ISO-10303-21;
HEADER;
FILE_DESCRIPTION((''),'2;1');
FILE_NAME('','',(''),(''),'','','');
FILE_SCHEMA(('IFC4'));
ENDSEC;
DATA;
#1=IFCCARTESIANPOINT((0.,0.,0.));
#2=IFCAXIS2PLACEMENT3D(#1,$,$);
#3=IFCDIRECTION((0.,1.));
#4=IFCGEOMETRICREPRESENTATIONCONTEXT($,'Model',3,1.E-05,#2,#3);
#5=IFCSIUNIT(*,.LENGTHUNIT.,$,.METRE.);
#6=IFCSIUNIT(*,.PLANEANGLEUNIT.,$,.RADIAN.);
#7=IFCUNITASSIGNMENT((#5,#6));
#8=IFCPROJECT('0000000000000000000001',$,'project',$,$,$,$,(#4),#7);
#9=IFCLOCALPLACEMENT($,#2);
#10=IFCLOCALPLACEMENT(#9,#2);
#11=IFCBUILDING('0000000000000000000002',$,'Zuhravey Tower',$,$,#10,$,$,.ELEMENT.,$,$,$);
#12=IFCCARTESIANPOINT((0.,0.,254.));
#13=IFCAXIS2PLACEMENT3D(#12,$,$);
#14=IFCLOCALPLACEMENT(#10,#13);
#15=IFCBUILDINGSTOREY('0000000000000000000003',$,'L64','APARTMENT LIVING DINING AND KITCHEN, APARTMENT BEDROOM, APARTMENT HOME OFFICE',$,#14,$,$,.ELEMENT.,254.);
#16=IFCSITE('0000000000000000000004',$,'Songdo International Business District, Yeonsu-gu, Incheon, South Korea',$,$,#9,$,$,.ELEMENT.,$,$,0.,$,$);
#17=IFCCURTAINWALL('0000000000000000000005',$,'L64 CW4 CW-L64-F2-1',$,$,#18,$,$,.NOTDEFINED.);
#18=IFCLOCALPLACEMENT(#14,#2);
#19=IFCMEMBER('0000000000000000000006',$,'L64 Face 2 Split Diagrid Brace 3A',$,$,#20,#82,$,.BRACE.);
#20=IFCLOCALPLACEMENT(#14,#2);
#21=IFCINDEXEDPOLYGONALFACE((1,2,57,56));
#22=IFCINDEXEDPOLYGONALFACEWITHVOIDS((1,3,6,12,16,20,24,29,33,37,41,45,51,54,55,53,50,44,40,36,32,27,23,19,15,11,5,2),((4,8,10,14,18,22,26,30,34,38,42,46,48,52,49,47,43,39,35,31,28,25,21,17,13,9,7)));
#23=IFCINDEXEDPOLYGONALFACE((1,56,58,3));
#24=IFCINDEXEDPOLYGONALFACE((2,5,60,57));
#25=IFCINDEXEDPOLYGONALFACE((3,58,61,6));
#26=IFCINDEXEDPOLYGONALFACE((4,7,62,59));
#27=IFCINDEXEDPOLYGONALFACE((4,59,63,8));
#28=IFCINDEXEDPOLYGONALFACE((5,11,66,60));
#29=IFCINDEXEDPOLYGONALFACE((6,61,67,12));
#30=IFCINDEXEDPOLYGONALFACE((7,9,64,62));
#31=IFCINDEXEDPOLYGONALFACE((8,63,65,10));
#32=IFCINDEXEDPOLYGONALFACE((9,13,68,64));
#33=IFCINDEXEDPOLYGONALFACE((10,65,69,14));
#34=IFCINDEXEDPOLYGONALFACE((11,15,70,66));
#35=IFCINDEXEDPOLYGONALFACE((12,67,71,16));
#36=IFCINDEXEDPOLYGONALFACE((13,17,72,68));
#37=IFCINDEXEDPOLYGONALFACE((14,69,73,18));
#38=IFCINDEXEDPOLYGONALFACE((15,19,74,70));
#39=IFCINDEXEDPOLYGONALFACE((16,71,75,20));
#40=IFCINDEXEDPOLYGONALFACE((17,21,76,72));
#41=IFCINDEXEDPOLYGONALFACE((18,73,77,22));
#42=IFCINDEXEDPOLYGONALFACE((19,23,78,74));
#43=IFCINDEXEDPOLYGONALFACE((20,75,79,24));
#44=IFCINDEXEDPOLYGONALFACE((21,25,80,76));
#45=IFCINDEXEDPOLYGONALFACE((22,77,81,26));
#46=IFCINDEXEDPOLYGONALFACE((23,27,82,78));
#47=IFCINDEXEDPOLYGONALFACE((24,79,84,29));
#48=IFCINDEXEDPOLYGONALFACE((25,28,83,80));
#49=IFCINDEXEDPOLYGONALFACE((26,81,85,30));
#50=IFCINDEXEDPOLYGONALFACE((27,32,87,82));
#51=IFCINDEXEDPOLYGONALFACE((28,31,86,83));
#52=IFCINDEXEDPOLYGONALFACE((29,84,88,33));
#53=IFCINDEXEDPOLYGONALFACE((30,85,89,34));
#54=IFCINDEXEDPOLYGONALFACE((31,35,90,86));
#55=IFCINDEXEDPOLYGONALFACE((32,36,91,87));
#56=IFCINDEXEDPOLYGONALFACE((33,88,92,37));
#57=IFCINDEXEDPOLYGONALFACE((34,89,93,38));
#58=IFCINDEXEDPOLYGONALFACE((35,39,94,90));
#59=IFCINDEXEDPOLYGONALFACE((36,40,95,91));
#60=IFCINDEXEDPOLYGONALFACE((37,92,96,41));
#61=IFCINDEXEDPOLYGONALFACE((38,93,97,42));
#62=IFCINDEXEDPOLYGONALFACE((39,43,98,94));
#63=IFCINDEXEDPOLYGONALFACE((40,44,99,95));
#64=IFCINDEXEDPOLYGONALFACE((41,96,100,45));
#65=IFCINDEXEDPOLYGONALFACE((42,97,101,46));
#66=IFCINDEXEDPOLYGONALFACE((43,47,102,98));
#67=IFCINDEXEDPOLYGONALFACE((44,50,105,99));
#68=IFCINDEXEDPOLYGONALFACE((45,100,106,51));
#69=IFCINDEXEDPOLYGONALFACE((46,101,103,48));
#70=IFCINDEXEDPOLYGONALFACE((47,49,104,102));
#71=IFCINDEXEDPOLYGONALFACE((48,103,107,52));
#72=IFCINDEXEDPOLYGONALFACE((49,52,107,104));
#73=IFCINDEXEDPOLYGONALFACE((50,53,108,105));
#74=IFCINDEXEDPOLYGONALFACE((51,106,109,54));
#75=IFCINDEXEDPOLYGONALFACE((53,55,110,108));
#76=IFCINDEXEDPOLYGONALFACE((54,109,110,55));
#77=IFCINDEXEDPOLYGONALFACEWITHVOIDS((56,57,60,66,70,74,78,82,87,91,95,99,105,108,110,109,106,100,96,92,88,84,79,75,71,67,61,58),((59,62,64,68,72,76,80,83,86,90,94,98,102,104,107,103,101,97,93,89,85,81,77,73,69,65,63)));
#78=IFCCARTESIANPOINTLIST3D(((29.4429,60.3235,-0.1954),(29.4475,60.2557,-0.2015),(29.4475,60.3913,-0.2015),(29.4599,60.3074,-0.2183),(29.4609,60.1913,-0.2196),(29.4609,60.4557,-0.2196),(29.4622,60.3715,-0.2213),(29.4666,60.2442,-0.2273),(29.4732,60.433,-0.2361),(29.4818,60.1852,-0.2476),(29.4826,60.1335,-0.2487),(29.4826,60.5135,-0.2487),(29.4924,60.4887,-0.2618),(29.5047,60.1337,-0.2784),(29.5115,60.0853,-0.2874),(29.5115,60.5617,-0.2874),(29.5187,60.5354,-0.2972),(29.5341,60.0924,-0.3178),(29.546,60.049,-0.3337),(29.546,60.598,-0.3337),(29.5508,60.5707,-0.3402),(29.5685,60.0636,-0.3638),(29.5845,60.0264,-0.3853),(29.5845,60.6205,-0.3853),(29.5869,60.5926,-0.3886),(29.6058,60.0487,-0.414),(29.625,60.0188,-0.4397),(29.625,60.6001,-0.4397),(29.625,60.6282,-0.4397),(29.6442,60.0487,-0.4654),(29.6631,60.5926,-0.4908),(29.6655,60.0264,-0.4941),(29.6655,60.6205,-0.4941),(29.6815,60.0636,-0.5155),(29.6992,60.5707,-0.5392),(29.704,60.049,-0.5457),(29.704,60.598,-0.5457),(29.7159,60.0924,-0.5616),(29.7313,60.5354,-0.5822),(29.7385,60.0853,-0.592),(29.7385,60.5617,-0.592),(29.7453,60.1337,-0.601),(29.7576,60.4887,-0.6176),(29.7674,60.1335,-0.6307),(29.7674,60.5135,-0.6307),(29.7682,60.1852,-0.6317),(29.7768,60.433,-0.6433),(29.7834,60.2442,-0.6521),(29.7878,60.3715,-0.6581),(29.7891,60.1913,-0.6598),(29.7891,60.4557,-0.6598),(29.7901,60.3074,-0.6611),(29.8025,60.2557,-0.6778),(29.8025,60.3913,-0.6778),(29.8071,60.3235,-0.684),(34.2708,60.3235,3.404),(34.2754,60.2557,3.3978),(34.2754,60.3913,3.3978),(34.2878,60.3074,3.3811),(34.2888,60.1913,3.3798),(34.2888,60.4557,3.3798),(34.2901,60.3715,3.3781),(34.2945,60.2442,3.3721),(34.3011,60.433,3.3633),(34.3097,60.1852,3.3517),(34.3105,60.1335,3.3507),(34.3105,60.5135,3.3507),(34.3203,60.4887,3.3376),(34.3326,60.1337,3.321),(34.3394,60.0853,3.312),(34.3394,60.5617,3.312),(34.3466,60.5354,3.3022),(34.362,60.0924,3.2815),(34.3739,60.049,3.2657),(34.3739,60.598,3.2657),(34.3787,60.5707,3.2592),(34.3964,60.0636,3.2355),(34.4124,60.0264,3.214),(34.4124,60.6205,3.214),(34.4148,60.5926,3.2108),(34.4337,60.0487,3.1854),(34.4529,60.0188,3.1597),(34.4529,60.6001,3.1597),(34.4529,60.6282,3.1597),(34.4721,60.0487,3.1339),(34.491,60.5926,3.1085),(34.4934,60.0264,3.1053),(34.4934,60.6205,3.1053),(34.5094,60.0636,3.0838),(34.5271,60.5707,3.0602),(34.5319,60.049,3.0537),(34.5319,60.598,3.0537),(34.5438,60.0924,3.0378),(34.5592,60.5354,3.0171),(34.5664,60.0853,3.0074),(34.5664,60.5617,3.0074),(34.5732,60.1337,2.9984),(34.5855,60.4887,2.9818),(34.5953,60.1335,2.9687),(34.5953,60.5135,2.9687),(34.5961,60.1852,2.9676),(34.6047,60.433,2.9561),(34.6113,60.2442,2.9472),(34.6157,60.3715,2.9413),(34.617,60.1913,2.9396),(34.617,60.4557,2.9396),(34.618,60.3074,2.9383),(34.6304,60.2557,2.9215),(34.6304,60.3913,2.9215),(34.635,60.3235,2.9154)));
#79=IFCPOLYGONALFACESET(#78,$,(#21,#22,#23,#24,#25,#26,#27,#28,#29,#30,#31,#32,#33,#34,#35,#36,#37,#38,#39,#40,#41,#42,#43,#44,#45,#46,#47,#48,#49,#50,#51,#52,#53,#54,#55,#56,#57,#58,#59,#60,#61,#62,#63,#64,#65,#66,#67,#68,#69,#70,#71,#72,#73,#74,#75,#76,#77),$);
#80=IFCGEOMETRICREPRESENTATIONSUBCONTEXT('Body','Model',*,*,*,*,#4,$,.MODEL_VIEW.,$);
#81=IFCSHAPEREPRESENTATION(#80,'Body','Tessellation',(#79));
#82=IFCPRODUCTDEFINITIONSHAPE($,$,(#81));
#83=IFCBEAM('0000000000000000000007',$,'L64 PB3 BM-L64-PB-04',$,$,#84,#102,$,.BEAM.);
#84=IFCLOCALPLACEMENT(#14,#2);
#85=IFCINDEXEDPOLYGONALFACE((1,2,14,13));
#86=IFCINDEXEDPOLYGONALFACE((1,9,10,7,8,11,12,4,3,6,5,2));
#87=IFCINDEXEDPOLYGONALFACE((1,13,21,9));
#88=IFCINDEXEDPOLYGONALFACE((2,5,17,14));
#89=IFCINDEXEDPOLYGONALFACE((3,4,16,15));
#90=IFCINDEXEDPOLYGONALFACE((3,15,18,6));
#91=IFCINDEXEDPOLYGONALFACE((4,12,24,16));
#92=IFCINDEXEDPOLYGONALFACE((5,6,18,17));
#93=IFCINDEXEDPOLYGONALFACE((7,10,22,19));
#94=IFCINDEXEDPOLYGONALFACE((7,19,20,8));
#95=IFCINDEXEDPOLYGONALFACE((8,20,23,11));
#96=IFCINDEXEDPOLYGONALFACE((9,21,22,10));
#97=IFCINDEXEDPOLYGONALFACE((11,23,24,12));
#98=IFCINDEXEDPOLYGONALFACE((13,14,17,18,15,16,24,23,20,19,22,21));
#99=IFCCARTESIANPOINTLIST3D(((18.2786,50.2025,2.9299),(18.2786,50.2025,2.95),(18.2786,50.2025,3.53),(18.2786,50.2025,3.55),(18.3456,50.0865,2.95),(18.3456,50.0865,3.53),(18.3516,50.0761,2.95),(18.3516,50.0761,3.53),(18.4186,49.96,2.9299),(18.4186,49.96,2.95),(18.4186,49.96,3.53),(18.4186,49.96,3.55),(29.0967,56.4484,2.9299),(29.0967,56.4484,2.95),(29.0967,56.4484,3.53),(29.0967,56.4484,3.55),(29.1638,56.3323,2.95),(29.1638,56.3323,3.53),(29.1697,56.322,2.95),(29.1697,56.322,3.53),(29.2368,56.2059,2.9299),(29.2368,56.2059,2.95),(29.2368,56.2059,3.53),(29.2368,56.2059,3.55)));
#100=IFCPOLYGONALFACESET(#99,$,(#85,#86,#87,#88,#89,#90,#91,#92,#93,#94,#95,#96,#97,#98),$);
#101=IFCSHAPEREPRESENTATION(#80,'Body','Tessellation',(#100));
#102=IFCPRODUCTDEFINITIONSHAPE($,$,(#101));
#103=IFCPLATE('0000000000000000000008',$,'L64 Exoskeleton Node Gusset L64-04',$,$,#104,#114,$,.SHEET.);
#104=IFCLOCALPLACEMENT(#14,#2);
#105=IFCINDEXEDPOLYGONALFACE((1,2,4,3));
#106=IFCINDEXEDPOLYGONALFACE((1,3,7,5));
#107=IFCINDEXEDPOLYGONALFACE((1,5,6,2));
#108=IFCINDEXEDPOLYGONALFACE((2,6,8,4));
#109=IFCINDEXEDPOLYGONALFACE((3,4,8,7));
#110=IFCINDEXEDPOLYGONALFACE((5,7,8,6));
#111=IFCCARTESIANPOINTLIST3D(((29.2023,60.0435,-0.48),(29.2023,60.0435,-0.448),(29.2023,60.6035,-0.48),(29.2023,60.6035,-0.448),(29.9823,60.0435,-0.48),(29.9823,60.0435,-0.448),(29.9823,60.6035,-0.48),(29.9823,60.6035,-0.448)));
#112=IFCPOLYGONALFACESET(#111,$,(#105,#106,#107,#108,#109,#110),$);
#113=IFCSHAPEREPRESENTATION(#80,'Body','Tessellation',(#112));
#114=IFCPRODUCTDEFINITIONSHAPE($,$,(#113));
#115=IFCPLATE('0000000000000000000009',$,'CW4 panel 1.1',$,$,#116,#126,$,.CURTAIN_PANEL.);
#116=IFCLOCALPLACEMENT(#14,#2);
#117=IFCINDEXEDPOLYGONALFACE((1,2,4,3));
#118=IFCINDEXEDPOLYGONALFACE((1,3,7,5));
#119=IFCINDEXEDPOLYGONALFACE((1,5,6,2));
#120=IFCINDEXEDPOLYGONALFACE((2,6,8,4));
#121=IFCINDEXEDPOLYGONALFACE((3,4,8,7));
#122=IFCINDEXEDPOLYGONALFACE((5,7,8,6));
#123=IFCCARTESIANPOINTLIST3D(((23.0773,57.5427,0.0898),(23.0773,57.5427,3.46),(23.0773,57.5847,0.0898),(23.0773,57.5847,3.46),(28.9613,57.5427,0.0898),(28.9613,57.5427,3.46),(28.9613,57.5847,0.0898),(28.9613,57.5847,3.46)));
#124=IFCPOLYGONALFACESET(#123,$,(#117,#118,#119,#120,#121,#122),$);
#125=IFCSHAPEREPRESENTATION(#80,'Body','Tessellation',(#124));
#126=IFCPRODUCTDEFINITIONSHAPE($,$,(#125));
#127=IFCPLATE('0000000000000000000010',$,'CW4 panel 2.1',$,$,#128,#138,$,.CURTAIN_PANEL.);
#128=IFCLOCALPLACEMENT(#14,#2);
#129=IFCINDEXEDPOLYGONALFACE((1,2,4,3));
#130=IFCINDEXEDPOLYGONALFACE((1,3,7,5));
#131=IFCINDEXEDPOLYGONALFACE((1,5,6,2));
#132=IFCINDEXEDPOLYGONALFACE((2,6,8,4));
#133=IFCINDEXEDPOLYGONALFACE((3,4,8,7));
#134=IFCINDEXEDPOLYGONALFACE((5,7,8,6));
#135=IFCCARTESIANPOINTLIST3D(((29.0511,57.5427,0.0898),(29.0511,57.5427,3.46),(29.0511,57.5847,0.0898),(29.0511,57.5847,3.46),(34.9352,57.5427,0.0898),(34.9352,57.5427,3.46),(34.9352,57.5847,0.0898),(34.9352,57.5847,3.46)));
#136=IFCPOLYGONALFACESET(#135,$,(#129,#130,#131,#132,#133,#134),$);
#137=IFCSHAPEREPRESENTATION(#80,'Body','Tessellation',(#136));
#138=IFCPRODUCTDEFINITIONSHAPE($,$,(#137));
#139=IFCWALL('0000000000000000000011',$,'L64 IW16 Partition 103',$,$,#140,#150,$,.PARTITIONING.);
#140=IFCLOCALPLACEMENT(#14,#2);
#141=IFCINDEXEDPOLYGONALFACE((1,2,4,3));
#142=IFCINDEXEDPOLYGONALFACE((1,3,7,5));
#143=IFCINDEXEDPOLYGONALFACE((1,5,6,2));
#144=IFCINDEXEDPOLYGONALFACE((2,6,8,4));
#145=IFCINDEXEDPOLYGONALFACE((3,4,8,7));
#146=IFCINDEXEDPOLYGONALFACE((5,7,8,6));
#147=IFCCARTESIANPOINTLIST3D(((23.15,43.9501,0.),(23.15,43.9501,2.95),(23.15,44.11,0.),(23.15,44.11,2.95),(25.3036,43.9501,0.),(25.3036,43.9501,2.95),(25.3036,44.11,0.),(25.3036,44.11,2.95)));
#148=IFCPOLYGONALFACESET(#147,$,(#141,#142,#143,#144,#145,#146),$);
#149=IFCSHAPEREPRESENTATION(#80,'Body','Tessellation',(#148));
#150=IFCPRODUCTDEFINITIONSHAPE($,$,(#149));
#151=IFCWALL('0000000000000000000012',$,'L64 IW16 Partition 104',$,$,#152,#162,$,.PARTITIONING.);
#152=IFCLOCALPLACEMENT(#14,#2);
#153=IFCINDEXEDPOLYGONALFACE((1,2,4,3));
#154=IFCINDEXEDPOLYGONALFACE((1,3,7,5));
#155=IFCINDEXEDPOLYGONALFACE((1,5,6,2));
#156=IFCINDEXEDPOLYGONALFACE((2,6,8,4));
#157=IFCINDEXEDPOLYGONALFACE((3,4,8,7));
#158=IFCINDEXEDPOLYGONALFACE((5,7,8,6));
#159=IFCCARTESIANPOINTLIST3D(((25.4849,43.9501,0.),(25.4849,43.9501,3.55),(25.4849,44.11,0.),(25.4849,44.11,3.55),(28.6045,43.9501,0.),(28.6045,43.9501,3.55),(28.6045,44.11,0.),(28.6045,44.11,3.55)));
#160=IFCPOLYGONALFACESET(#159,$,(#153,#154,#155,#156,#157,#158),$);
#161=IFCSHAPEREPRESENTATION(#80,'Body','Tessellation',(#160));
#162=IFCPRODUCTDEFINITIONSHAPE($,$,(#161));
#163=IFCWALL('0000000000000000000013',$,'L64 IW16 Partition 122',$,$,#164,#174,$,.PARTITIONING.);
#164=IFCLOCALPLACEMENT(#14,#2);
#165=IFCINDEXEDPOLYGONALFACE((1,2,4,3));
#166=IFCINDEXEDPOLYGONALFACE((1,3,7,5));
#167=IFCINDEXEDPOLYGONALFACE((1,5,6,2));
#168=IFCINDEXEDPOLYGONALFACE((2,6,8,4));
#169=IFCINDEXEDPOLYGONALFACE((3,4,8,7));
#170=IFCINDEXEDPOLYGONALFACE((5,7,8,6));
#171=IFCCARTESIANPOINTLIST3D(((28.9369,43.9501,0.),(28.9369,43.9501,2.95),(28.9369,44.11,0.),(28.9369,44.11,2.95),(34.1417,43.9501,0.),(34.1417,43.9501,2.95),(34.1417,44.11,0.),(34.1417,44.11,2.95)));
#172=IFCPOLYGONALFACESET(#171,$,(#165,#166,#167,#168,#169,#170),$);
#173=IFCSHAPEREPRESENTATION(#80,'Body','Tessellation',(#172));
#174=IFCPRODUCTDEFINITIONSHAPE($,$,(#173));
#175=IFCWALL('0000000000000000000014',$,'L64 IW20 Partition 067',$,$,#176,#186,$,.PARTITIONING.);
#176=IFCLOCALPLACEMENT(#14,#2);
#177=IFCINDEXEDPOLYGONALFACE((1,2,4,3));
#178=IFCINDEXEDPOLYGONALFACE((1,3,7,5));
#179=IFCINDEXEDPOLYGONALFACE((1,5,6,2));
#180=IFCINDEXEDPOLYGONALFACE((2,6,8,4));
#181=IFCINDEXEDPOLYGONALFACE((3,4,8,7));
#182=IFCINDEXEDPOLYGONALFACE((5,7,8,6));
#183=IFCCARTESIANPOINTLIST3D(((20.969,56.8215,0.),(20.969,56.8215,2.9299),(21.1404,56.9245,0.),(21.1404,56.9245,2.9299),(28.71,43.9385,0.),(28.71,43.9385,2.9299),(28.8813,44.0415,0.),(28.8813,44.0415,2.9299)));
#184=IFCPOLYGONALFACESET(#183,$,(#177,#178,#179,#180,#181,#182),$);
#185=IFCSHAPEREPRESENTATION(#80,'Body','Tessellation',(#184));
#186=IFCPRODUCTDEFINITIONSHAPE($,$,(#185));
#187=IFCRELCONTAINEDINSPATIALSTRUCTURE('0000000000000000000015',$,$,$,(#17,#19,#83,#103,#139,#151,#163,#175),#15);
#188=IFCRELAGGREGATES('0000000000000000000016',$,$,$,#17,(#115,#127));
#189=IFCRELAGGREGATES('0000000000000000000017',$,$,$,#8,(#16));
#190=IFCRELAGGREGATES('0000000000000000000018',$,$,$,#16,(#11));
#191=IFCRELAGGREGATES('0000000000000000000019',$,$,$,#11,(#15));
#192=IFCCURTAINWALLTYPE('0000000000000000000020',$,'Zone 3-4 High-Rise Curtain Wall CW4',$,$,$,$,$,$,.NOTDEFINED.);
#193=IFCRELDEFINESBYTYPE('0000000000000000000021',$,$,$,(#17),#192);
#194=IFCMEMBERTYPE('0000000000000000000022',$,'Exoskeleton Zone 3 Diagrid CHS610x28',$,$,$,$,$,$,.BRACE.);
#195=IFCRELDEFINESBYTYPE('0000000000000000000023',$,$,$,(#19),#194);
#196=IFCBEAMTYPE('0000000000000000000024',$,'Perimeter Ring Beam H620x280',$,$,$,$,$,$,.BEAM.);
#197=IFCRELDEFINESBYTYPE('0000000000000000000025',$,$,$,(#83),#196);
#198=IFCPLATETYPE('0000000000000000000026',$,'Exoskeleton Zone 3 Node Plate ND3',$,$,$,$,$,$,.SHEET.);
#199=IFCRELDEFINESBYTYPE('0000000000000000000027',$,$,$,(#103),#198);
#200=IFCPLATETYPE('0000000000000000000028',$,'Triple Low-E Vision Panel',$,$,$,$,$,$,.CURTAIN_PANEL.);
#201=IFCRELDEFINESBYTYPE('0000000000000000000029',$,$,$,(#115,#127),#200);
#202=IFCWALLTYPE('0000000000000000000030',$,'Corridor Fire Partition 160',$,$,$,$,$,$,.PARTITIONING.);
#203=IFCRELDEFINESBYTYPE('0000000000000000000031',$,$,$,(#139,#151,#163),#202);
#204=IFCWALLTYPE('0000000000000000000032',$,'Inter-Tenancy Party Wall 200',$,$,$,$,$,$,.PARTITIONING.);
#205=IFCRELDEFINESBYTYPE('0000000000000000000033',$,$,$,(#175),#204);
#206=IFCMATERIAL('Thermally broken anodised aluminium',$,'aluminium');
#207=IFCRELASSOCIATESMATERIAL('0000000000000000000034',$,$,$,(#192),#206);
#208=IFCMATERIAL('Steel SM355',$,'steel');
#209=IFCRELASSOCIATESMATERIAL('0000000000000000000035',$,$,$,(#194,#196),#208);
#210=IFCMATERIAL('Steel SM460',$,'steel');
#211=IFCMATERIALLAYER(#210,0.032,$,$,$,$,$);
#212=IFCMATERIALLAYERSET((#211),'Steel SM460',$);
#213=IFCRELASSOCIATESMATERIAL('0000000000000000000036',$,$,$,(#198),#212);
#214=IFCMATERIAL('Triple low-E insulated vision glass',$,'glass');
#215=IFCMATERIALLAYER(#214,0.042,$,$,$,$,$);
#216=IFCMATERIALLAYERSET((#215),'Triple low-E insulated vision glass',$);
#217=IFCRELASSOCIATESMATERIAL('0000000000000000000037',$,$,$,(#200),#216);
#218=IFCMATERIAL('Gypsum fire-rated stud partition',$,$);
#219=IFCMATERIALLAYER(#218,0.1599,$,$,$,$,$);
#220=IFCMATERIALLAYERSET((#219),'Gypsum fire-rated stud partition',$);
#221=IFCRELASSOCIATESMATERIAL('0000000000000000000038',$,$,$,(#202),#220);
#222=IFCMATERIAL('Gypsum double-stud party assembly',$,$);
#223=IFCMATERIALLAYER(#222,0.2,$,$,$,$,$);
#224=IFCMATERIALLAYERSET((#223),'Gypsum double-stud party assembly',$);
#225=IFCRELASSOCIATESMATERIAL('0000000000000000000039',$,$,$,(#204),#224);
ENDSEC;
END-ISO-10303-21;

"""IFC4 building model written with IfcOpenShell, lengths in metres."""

from ifc_helpers import new_model, si_unit, direction, frame, frame_2d, origin, origin_2d, place, context, subcontext, project, spatial, rectangle, hollow_circle, i_section, extrude, material, layer, layer_set, material_profile, profile_set, type_object, element, aggregate, save


model = new_model("IFC4")

# Units and contexts
model_context = context("Model", 3, precision=1e-05, world=origin(), true_north=direction((0.0, 1.0)))
body_context = subcontext(model_context, "Body", "Model", "MODEL_VIEW")
ifc_project = project(units=[si_unit("LENGTHUNIT", "METRE"), si_unit("PLANEANGLEUNIT", "RADIAN")], contexts=[model_context])

# Site, building, storey
site_placement = place(None, origin())
site = spatial("IfcSite", under=ifc_project, at=site_placement, Name="Songdo International Business District, Yeonsu-gu, Incheon, South Korea", CompositionType="ELEMENT", RefElevation=0.0)
building_placement = place(site_placement, origin())
building = spatial("IfcBuilding", under=site, at=building_placement, Name="Zuhravey Tower", CompositionType="ELEMENT")
storey_placement = place(building_placement, frame((0.0, 0.0, 254.0)))
storey = spatial("IfcBuildingStorey", under=building, at=storey_placement, Name="L64", Description="APARTMENT LIVING DINING AND KITCHEN, APARTMENT BEDROOM, APARTMENT HOME OFFICE", CompositionType="ELEMENT", Elevation=254.0)

# Curtain wall
ifc_material_1 = material(Name="Thermally broken anodised aluminium", Category="aluminium")
curtain_wall_type = type_object("IfcCurtainWallType", Name="Zone 3-4 High-Rise Curtain Wall CW4", PredefinedType="NOTDEFINED", material=ifc_material_1)
curtain_wall_placement = place(storey_placement, origin())
curtain_wall = element("IfcCurtainWall", 1, at=curtain_wall_placement, inside=storey, type_object=curtain_wall_type, Name="L64 CW4 CW-L64-F2-1", PredefinedType="NOTDEFINED")

# Member
ifc_material_2 = material(Name="Steel SM355", Category="steel")
ifc_material_profile_1 = material_profile(ifc_material_2, hollow_circle(Radius=0.3047, WallThickness=0.0281, at=origin_2d()), Name="CHS-609.6x28")
ifc_profile_set_1 = profile_set([ifc_material_profile_1], Name="Steel SM355")
member_type_1 = type_object("IfcMemberType", Name="Exoskeleton Zone 3 Diagrid CHS610x28", PredefinedType="BRACE", material=ifc_profile_set_1)
member_1_placement = place(storey_placement, frame((29.625, 60.3235, -0.4397), z_axis=(0.801714, 0.0, 0.597708), x_axis=(0.0, 1.0, 0.0)))
element("IfcMember", 2, at=member_1_placement, inside=storey, type_object=member_type_1, Name="L64 Face 2 Split Diagrid Brace 3A", PredefinedType="BRACE", context=body_context, shape_type="SweptSolid", body=[
    extrude(hollow_circle(Radius=0.3047, WallThickness=0.0281, at=origin_2d()), origin(), (0.0, 0.0, 1.0), 6.022),
])

# Beam
ifc_material_profile_2 = material_profile(ifc_material_2, i_section(OverallWidth=0.28, OverallDepth=0.6201, WebThickness=0.012, FlangeThickness=0.02, at=origin_2d()), Name="H-620x280x12x20")
ifc_profile_set_2 = profile_set([ifc_material_profile_2], Name="Steel SM355")
beam_type = type_object("IfcBeamType", Name="Perimeter Ring Beam H620x280", PredefinedType="BEAM", material=ifc_profile_set_2)
beam_placement = place(storey_placement, frame((29.1667, 56.3271, 3.24), z_axis=(-0.866025, -0.5, 0.0), x_axis=(0.5, -0.866025, 0.0)))
element("IfcBeam", 3, at=beam_placement, inside=storey, type_object=beam_type, Name="L64 PB3 BM-L64-PB-04", PredefinedType="BEAM", context=body_context, shape_type="SweptSolid", body=[
    extrude(i_section(OverallWidth=0.28, OverallDepth=0.6201, WebThickness=0.012, FlangeThickness=0.02, at=origin_2d()), origin(), (0.0, 0.0, 1.0), 12.4917),
])

# Plates
ifc_material_3 = material(Name="Steel SM460", Category="steel")
ifc_layer_1 = layer(ifc_material_3, 0.032)
ifc_layer_set_1 = layer_set([ifc_layer_1], Name="Steel SM460")
plate_type_1 = type_object("IfcPlateType", Name="Exoskeleton Zone 3 Node Plate ND3", PredefinedType="SHEET", material=ifc_layer_set_1)
plate_1_placement = place(storey_placement, frame((29.5923, 60.3235, -0.48), z_axis=(0.0, 0.0, 1.0), x_axis=(-1.0, 0.0, 0.0)))
element("IfcPlate", 4, at=plate_1_placement, inside=storey, type_object=plate_type_1, Name="L64 Exoskeleton Node Gusset L64-04", PredefinedType="SHEET", context=body_context, shape_type="SweptSolid", body=[
    extrude(rectangle(XDim=0.78, YDim=0.5601, at=origin_2d()), origin(), (0.0, 0.0, 1.0), 0.032),
])
ifc_material_4 = material(Name="Triple low-E insulated vision glass", Category="glass")
ifc_layer_2 = layer(ifc_material_4, 0.042)
ifc_layer_set_2 = layer_set([ifc_layer_2], Name="Triple low-E insulated vision glass")
plate_type_2 = type_object("IfcPlateType", Name="Triple Low-E Vision Panel", PredefinedType="CURTAIN_PANEL", material=ifc_layer_set_2)
plate_2_placement = place(storey_placement, frame((26.0193, 57.5637, 0.0898), z_axis=(0.0, 0.0, 1.0), x_axis=(1.0, 0.0, 0.0)))
plate_2 = element("IfcPlate", 5, at=plate_2_placement, type_object=plate_type_2, Name="CW4 panel 1.1", PredefinedType="CURTAIN_PANEL", context=body_context, shape_type="SweptSolid", body=[
    extrude(rectangle(XDim=5.884, YDim=0.042, at=origin_2d()), origin(), (0.0, 0.0, 1.0), 3.3701),
])
plate_3_placement = place(storey_placement, frame((31.9932, 57.5637, 0.0898), z_axis=(0.0, 0.0, 1.0), x_axis=(1.0, 0.0, 0.0)))
plate_3 = element("IfcPlate", 6, at=plate_3_placement, type_object=plate_type_2, Name="CW4 panel 2.1", PredefinedType="CURTAIN_PANEL", context=body_context, shape_type="SweptSolid", body=[
    extrude(rectangle(XDim=5.884, YDim=0.042, at=origin_2d()), origin(), (0.0, 0.0, 1.0), 3.3701),
])
aggregate(curtain_wall, [plate_2, plate_3])

# Walls
ifc_material_5 = material(Name="Gypsum fire-rated stud partition")
ifc_layer_3 = layer(ifc_material_5, 0.1599)
ifc_layer_set_3 = layer_set([ifc_layer_3], Name="Gypsum fire-rated stud partition")
wall_type_1 = type_object("IfcWallType", Name="Corridor Fire Partition 160", PredefinedType="PARTITIONING", material=ifc_layer_set_3)
wall_1_placement = place(storey_placement, frame((25.3035, 44.03, 0.0), z_axis=(0.0, 0.0, 1.0), x_axis=(-1.0, 0.0, 0.0)))
element("IfcWall", 7, at=wall_1_placement, inside=storey, type_object=wall_type_1, Name="L64 IW16 Partition 103", PredefinedType="PARTITIONING", context=body_context, shape_type="SweptSolid", body=[
    extrude(rectangle(XDim=2.1536, YDim=0.1599, at=frame_2d((1.0767, 0.0))), origin(), (0.0, 0.0, 1.0), 2.95),
])
wall_2_placement = place(storey_placement, frame((28.6045, 44.03, 0.0), z_axis=(0.0, 0.0, 1.0), x_axis=(-1.0, 0.0, 0.0)))
element("IfcWall", 8, at=wall_2_placement, inside=storey, type_object=wall_type_1, Name="L64 IW16 Partition 104", PredefinedType="PARTITIONING", context=body_context, shape_type="SweptSolid", body=[
    extrude(rectangle(XDim=3.1196, YDim=0.1599, at=frame_2d((1.5598, 0.0))), origin(), (0.0, 0.0, 1.0), 3.55),
])
wall_3_placement = place(storey_placement, frame((34.1418, 44.03, 0.0), z_axis=(0.0, 0.0, 1.0), x_axis=(-1.0, 0.0, 0.0)))
element("IfcWall", 9, at=wall_3_placement, inside=storey, type_object=wall_type_1, Name="L64 IW16 Partition 122", PredefinedType="PARTITIONING", context=body_context, shape_type="SweptSolid", body=[
    extrude(rectangle(XDim=5.2048, YDim=0.1599, at=frame_2d((2.6025, 0.0))), origin(), (0.0, 0.0, 1.0), 2.95),
])
ifc_material_6 = material(Name="Gypsum double-stud party assembly")
ifc_layer_4 = layer(ifc_material_6, 0.2)
ifc_layer_set_4 = layer_set([ifc_layer_4], Name="Gypsum double-stud party assembly")
wall_type_2 = type_object("IfcWallType", Name="Inter-Tenancy Party Wall 200", PredefinedType="PARTITIONING", material=ifc_layer_set_4)
wall_4_placement = place(storey_placement, frame((28.7957, 43.99, 0.0), z_axis=(0.0, 0.0, 1.0), x_axis=(-0.51504, 0.857166, 0.0)))
element("IfcWall", 10, at=wall_4_placement, inside=storey, type_object=wall_type_2, Name="L64 IW20 Partition 067", PredefinedType="PARTITIONING", context=body_context, shape_type="SweptSolid", body=[
    extrude(rectangle(XDim=15.0298, YDim=0.2, at=frame_2d((7.5149, 0.0))), origin(), (0.0, 0.0, 1.0), 2.9299),
])

save(model, "model.ifc")
